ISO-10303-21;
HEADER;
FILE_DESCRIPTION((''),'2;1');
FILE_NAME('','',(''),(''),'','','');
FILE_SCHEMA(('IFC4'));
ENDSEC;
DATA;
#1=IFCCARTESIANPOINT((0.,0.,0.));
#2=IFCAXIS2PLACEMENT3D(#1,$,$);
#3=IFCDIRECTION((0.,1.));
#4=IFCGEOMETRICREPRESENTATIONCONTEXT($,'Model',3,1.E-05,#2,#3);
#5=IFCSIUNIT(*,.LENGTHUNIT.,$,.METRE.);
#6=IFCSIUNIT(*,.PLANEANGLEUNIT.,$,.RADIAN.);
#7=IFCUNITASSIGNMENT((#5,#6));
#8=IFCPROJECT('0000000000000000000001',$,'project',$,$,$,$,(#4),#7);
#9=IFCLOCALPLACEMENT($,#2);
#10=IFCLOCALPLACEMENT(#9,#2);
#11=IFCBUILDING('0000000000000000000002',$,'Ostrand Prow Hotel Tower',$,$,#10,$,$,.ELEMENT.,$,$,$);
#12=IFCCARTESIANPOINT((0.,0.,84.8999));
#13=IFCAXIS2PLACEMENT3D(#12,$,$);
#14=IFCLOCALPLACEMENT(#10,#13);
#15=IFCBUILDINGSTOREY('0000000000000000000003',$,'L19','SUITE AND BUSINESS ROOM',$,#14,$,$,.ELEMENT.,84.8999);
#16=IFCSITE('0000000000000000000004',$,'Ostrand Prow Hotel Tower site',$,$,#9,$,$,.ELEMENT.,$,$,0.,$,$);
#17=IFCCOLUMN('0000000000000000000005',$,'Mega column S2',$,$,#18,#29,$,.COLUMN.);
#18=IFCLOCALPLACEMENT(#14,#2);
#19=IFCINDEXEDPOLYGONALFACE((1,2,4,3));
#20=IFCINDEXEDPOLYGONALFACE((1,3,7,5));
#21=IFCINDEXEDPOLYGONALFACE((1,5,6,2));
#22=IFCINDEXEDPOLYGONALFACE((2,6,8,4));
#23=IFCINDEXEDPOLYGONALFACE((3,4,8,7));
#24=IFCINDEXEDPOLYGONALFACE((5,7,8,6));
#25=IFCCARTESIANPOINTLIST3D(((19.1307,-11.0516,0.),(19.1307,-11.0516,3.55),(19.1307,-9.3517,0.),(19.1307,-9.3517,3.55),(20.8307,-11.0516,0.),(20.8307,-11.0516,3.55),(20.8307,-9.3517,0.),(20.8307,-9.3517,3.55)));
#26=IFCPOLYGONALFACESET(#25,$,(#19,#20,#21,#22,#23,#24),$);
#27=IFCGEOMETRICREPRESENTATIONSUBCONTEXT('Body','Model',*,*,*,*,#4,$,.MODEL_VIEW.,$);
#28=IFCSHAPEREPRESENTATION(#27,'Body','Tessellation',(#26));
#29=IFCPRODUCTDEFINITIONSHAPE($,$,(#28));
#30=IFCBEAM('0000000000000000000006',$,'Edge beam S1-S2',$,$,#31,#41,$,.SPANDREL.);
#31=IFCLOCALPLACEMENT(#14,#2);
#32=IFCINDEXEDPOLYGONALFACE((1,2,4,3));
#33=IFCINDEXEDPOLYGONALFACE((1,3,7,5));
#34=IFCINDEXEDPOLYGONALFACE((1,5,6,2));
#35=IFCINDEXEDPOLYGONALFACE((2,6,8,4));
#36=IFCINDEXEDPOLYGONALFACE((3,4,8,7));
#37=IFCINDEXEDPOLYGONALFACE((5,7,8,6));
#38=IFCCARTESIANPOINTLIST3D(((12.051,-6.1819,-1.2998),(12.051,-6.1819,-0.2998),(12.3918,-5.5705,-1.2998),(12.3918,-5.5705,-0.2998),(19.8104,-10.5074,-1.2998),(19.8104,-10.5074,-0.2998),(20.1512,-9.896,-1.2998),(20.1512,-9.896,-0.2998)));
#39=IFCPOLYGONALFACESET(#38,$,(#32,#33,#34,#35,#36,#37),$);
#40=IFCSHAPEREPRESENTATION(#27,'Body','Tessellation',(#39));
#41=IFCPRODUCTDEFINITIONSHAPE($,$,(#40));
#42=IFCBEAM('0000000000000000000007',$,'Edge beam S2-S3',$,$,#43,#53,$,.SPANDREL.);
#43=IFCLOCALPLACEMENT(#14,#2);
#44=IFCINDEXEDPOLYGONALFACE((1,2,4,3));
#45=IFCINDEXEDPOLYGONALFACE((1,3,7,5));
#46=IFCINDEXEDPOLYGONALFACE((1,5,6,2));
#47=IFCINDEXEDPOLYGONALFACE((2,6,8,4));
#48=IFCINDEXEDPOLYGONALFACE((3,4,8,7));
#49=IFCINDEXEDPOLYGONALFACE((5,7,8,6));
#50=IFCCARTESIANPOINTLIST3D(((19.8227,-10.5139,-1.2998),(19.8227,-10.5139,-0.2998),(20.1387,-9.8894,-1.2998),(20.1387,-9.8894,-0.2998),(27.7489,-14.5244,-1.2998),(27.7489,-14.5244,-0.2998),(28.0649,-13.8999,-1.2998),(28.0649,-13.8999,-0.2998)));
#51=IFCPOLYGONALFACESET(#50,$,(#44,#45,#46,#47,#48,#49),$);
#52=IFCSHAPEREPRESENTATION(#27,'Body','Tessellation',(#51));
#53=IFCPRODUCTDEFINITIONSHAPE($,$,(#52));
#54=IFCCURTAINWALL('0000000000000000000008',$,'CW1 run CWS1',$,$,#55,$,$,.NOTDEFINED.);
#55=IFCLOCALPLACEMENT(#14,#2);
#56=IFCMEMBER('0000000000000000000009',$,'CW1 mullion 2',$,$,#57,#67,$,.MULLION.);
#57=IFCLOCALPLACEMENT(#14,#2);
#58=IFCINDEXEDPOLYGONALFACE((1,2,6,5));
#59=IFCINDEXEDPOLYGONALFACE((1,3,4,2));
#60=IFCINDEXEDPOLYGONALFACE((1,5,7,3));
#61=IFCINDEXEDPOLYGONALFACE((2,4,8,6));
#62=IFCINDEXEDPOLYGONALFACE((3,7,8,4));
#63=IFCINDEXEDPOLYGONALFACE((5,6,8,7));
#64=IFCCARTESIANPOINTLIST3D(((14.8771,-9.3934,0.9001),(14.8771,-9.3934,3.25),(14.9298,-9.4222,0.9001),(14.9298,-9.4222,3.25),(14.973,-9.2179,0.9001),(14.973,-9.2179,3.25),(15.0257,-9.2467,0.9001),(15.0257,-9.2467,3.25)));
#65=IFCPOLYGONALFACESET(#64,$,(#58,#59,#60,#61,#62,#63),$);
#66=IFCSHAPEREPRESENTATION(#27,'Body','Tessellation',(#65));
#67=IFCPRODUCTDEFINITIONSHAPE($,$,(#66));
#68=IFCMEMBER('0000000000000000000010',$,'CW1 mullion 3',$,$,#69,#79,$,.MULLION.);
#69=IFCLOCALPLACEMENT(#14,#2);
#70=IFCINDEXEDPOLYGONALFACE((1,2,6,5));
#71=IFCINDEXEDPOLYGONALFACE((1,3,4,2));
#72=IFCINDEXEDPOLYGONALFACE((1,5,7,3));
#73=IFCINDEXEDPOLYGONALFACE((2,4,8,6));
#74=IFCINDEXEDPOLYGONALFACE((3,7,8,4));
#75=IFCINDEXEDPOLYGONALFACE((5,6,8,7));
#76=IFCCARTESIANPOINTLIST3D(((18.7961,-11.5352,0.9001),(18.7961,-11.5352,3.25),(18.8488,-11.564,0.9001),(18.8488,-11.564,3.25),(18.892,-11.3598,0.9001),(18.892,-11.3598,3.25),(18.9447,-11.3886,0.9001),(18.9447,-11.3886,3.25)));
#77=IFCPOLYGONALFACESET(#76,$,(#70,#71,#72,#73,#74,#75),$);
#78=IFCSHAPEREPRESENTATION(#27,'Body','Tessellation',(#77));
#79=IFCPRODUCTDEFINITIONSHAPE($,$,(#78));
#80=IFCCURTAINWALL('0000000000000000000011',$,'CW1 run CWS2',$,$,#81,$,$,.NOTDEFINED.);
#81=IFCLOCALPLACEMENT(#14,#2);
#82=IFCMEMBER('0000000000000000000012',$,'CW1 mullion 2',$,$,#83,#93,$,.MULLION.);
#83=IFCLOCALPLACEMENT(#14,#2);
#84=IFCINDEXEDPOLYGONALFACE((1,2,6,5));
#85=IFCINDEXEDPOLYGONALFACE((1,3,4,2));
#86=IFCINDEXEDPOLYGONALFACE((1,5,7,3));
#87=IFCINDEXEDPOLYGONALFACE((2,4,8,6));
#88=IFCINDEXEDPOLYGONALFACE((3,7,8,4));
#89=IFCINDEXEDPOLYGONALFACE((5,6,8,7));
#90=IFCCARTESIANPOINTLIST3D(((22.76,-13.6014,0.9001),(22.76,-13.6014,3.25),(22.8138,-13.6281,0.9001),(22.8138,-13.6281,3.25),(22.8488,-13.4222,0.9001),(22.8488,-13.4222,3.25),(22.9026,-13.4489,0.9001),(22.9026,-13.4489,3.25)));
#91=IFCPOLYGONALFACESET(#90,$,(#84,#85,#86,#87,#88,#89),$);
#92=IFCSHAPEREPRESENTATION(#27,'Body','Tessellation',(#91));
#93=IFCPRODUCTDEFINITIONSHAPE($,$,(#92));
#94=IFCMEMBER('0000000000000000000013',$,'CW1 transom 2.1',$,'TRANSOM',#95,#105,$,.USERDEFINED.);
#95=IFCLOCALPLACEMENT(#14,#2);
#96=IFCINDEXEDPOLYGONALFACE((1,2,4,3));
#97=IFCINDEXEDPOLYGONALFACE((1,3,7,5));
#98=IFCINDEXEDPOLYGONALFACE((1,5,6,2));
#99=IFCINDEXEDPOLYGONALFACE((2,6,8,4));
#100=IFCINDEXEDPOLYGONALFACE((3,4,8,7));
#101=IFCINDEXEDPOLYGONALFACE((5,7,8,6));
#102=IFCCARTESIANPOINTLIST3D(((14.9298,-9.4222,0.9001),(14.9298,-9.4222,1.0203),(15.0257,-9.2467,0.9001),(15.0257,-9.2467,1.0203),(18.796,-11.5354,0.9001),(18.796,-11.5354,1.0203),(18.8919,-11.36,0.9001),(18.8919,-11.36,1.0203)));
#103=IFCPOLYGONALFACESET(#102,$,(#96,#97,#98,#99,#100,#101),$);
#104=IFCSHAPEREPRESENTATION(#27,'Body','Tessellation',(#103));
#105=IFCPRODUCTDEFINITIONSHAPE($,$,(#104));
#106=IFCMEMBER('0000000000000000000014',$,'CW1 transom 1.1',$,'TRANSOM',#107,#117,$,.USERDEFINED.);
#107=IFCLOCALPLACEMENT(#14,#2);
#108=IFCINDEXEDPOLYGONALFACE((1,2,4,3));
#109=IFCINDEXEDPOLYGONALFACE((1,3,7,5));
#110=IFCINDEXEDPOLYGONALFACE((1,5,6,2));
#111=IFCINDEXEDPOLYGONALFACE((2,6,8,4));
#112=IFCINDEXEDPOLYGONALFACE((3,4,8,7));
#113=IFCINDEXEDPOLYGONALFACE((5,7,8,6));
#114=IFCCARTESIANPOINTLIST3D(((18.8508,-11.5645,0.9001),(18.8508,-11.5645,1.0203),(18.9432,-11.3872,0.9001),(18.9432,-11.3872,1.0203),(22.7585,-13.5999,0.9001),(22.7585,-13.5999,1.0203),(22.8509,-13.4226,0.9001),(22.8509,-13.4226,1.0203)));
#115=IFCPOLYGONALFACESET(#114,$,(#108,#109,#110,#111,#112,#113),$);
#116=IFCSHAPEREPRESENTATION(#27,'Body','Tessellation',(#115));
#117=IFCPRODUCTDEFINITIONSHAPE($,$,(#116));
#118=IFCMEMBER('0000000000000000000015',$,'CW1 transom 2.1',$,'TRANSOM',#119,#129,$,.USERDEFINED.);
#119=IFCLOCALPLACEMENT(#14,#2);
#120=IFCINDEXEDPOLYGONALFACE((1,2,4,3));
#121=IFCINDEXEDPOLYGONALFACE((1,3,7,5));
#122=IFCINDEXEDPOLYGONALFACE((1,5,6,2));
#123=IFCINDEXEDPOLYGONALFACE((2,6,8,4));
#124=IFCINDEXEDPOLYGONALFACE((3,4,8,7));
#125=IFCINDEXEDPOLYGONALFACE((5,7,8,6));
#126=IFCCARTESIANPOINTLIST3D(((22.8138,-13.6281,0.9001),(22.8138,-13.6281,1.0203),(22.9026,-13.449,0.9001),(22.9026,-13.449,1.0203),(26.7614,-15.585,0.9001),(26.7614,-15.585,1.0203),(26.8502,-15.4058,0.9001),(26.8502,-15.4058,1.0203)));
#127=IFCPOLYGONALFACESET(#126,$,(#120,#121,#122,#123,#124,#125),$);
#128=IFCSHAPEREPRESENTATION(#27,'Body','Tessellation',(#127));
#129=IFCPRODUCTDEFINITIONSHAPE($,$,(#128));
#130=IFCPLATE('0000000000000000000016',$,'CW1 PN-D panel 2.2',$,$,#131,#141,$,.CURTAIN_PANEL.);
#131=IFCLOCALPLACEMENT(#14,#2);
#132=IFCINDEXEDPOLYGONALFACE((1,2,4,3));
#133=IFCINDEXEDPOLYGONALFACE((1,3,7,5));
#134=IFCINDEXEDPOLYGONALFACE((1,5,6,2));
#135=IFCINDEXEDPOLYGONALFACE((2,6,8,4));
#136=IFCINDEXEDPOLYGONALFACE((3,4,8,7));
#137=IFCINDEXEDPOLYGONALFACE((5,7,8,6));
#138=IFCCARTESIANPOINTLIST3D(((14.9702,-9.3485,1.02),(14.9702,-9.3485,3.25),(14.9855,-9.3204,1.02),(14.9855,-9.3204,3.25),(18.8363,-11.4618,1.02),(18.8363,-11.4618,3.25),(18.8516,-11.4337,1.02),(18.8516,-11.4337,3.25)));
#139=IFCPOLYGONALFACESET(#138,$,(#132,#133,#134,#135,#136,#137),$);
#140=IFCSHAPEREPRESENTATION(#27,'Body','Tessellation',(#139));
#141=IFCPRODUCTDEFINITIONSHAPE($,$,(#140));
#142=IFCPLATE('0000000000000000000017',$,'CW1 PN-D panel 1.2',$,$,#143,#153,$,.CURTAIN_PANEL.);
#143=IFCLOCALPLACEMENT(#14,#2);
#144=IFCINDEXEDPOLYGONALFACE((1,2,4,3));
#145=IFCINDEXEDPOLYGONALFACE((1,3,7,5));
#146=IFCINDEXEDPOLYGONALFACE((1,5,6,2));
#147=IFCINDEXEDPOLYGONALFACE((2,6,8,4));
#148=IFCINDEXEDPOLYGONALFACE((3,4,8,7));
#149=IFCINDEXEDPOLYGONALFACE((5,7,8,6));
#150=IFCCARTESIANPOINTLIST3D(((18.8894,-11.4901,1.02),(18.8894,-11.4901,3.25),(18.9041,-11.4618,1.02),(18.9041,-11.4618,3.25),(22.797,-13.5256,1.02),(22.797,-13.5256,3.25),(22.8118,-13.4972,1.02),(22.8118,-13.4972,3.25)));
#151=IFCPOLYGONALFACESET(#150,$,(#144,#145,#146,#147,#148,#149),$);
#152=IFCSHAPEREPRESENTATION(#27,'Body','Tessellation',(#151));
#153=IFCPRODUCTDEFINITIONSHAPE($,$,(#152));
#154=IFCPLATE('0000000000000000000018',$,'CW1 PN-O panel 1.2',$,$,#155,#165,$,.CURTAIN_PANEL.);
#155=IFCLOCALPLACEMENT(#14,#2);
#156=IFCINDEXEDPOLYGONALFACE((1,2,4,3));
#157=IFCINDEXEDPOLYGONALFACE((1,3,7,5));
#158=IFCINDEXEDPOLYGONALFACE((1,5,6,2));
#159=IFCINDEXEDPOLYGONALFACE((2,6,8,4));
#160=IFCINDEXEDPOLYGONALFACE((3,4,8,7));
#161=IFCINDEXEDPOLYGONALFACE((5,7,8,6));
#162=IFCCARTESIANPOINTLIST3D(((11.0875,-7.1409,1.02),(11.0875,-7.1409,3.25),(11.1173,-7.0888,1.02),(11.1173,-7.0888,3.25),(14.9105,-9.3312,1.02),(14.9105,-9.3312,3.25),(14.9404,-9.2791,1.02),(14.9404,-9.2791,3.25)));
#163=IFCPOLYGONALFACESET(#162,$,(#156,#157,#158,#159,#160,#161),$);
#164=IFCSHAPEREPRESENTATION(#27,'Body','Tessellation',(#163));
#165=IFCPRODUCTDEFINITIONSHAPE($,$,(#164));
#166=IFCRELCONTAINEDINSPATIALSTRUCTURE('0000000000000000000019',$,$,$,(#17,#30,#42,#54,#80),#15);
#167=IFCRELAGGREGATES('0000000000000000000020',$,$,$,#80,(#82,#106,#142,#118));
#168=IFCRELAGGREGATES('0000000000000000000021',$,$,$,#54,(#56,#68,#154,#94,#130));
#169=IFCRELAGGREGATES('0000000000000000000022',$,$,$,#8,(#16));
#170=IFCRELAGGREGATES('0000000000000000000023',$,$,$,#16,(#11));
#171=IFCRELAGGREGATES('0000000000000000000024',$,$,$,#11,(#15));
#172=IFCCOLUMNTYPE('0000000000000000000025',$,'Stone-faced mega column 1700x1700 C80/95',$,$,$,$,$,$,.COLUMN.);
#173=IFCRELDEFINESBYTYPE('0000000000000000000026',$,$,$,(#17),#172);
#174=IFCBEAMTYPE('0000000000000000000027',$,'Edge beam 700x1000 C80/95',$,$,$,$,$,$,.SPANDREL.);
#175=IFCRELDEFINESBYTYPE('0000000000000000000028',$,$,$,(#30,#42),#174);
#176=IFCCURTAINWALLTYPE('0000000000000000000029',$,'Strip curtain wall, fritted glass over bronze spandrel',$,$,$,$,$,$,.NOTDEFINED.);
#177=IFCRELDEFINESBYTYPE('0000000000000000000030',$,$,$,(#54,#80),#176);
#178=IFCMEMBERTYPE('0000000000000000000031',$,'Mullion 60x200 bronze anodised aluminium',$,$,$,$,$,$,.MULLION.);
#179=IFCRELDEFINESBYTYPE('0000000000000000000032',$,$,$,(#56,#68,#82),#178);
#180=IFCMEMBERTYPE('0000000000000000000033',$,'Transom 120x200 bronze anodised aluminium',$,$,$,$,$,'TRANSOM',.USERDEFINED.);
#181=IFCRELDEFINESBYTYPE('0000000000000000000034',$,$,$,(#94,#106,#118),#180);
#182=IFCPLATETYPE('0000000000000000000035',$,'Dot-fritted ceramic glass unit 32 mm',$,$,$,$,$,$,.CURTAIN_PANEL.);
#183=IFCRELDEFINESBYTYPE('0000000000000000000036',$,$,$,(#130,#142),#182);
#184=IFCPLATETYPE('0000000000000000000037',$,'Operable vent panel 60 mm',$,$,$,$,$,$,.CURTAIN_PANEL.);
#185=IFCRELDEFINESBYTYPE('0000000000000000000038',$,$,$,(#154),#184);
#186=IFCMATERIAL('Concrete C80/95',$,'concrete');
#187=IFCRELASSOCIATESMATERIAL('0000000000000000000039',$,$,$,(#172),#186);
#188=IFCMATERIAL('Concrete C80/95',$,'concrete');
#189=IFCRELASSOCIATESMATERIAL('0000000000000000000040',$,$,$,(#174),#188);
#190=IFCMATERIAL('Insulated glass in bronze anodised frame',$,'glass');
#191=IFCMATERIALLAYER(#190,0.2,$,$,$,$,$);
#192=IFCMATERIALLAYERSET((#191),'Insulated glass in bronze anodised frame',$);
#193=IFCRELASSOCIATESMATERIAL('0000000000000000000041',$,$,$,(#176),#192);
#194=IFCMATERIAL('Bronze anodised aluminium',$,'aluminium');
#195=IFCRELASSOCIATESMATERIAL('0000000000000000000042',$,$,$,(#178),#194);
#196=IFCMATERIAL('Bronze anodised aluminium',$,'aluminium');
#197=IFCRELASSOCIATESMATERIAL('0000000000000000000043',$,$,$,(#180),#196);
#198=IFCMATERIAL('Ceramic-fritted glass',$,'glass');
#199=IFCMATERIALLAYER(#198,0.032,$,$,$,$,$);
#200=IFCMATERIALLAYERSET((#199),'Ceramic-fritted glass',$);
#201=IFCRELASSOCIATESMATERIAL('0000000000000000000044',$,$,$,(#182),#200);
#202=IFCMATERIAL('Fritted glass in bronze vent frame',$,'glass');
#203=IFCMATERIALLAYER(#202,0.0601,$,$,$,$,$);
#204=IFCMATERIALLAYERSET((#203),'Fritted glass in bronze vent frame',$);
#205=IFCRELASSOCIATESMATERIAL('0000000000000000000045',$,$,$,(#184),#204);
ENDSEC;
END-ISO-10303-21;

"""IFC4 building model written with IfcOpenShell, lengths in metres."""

from ifc_helpers import new_model, si_unit, direction, frame, origin, origin_2d, place, context, subcontext, project, spatial, rectangle, extrude, material, layer, layer_set, material_profile, profile_set, type_object, element, aggregate, save


model = new_model("IFC4")

# Units and contexts
model_context = context("Model", 3, precision=1e-05, world=origin(), true_north=direction((0.0, 1.0)))
body_context = subcontext(model_context, "Body", "Model", "MODEL_VIEW")
ifc_project = project(units=[si_unit("LENGTHUNIT", "METRE"), si_unit("PLANEANGLEUNIT", "RADIAN")], contexts=[model_context])

# Site, building, storey
site_placement = place(None, origin())
site = spatial("IfcSite", under=ifc_project, at=site_placement, Name="Ostrand Prow Hotel Tower site", CompositionType="ELEMENT", RefElevation=0.0)
building_placement = place(site_placement, origin())
building = spatial("IfcBuilding", under=site, at=building_placement, Name="Ostrand Prow Hotel Tower", CompositionType="ELEMENT")
storey_placement = place(building_placement, frame((0.0, 0.0, 84.8999)))
storey = spatial("IfcBuildingStorey", under=building, at=storey_placement, Name="L19", Description="SUITE AND BUSINESS ROOM", CompositionType="ELEMENT", Elevation=84.8999)

# Column
ifc_material_1 = material(Name="Concrete C80/95", Category="concrete")
ifc_material_profile_1 = material_profile(ifc_material_1, rectangle(XDim=1.7, YDim=1.7, at=origin_2d()), Name="RC 1700x1700")
ifc_profile_set_1 = profile_set([ifc_material_profile_1], Name="Concrete C80/95")
column_type = type_object("IfcColumnType", Name="Stone-faced mega column 1700x1700 C80/95", PredefinedType="COLUMN", material=ifc_profile_set_1)
column_placement = place(storey_placement, frame((19.9807, -10.2017, 0.0), z_axis=(0.0, 0.0, 1.0), x_axis=(1.0, 0.0, 0.0)))
element("IfcColumn", 1, at=column_placement, inside=storey, type_object=column_type, Name="Mega column S2", PredefinedType="COLUMN", context=body_context, shape_type="SweptSolid", body=[
    extrude(rectangle(XDim=1.7, YDim=1.7, at=origin_2d()), origin(), (0.0, 0.0, 1.0), 3.55),
])

# Beams
ifc_material_2 = material(Name="Concrete C80/95", Category="concrete")
ifc_material_profile_2 = material_profile(ifc_material_2, rectangle(XDim=0.7, YDim=1.0, at=origin_2d()), Name="RC 700x1000")
ifc_profile_set_2 = profile_set([ifc_material_profile_2], Name="Concrete C80/95")
beam_type = type_object("IfcBeamType", Name="Edge beam 700x1000 C80/95", PredefinedType="SPANDREL", material=ifc_profile_set_2)
beam_1_placement = place(storey_placement, frame((12.2214, -5.8762, -0.7998), z_axis=(0.873452, -0.486909, 0.0), x_axis=(0.486909, 0.873452, 0.0)))
element("IfcBeam", 2, at=beam_1_placement, inside=storey, type_object=beam_type, Name="Edge beam S1-S2", PredefinedType="SPANDREL", context=body_context, shape_type="SweptSolid", body=[
    extrude(rectangle(XDim=0.7, YDim=1.0, at=origin_2d()), origin(), (0.0, 0.0, 1.0), 8.8835),
])
beam_2_placement = place(storey_placement, frame((19.9807, -10.2017, -0.7998), z_axis=(0.892284, -0.451474, 0.0), x_axis=(0.451474, 0.892284, 0.0)))
element("IfcBeam", 3, at=beam_2_placement, inside=storey, type_object=beam_type, Name="Edge beam S2-S3", PredefinedType="SPANDREL", context=body_context, shape_type="SweptSolid", body=[
    extrude(rectangle(XDim=0.7, YDim=1.0, at=origin_2d()), origin(), (0.0, 0.0, 1.0), 8.8831),
])

# Curtain wall, members
ifc_material_3 = material(Name="Insulated glass in bronze anodised frame", Category="glass")
ifc_layer_1 = layer(ifc_material_3, 0.2)
ifc_layer_set_1 = layer_set([ifc_layer_1], Name="Insulated glass in bronze anodised frame")
curtain_wall_type = type_object("IfcCurtainWallType", Name="Strip curtain wall, fritted glass over bronze spandrel", PredefinedType="NOTDEFINED", material=ifc_layer_set_1)
curtain_wall_1_placement = place(storey_placement, origin())
curtain_wall_1 = element("IfcCurtainWall", 4, at=curtain_wall_1_placement, inside=storey, type_object=curtain_wall_type, Name="CW1 run CWS1", PredefinedType="NOTDEFINED")
ifc_material_4 = material(Name="Bronze anodised aluminium", Category="aluminium")
ifc_material_profile_3 = material_profile(ifc_material_4, rectangle(XDim=0.2, YDim=0.0601, at=origin_2d()), Name="Mullion 60x200 bronze anodised aluminium")
ifc_profile_set_3 = profile_set([ifc_material_profile_3], Name="Bronze anodised aluminium")
member_type_1 = type_object("IfcMemberType", Name="Mullion 60x200 bronze anodised aluminium", PredefinedType="MULLION", material=ifc_profile_set_3)
member_1_placement = place(storey_placement, frame((14.9514, -9.3201, 0.9001), z_axis=(0.0, 0.0, 1.0), x_axis=(0.479637, 0.877467, 0.0)))
member_1 = element("IfcMember", 5, at=member_1_placement, type_object=member_type_1, Name="CW1 mullion 2", PredefinedType="MULLION", context=body_context, shape_type="SweptSolid", body=[
    extrude(rectangle(XDim=0.2, YDim=0.0601, at=origin_2d()), origin(), (0.0, 0.0, 1.0), 2.3499),
])
member_2_placement = place(storey_placement, frame((18.8704, -11.4619, 0.9001), z_axis=(0.0, 0.0, 1.0), x_axis=(0.479637, 0.877467, 0.0)))
member_2 = element("IfcMember", 6, at=member_2_placement, type_object=member_type_1, Name="CW1 mullion 3", PredefinedType="MULLION", context=body_context, shape_type="SweptSolid", body=[
    extrude(rectangle(XDim=0.2, YDim=0.0601, at=origin_2d()), origin(), (0.0, 0.0, 1.0), 2.3499),
])

# Curtain wall, member
curtain_wall_2_placement = place(storey_placement, origin())
curtain_wall_2 = element("IfcCurtainWall", 7, at=curtain_wall_2_placement, inside=storey, type_object=curtain_wall_type, Name="CW1 run CWS2", PredefinedType="NOTDEFINED")
member_3_placement = place(storey_placement, frame((22.8313, -13.5251, 0.9001), z_axis=(0.0, 0.0, 1.0), x_axis=(0.444113, 0.895971, 0.0)))
member_3 = element("IfcMember", 8, at=member_3_placement, type_object=member_type_1, Name="CW1 mullion 2", PredefinedType="MULLION", context=body_context, shape_type="SweptSolid", body=[
    extrude(rectangle(XDim=0.2, YDim=0.0601, at=origin_2d()), origin(), (0.0, 0.0, 1.0), 2.3499),
])

# Members
ifc_material_5 = material(Name="Bronze anodised aluminium", Category="aluminium")
ifc_material_profile_4 = material_profile(ifc_material_5, rectangle(XDim=0.2, YDim=0.1201, at=origin_2d()), Name="Transom 120x200 bronze anodised aluminium")
ifc_profile_set_4 = profile_set([ifc_material_profile_4], Name="Bronze anodised aluminium")
member_type_2 = type_object("IfcMemberType", Name="Transom 120x200 bronze anodised aluminium", ElementType="TRANSOM", PredefinedType="USERDEFINED", material=ifc_profile_set_4)
member_4_placement = place(storey_placement, frame((14.9778, -9.3345, 0.9602), z_axis=(0.877472, -0.479628, 0.0), x_axis=(0.479628, 0.877472, 0.0)))
member_4 = element("IfcMember", 9, at=member_4_placement, type_object=member_type_2, Name="CW1 transom 2.1", ObjectType="TRANSOM", PredefinedType="USERDEFINED", context=body_context, shape_type="SweptSolid", body=[
    extrude(rectangle(XDim=0.2, YDim=0.1201, at=origin_2d()), origin(), (0.0, 0.0, 1.0), 4.406),
])
member_5_placement = place(storey_placement, frame((18.897, -11.4758, 0.9602), z_axis=(0.886902, -0.461958, 0.0), x_axis=(0.461958, 0.886902, 0.0)))
member_5 = element("IfcMember", 10, at=member_5_placement, type_object=member_type_2, Name="CW1 transom 1.1", ObjectType="TRANSOM", PredefinedType="USERDEFINED", context=body_context, shape_type="SweptSolid", body=[
    extrude(rectangle(XDim=0.2, YDim=0.1201, at=origin_2d()), origin(), (0.0, 0.0, 1.0), 4.406),
])
member_6_placement = place(storey_placement, frame((22.8582, -13.5386, 0.9602), z_axis=(0.895962, -0.44413, 0.0), x_axis=(0.44413, 0.895962, 0.0)))
member_6 = element("IfcMember", 11, at=member_6_placement, type_object=member_type_2, Name="CW1 transom 2.1", ObjectType="TRANSOM", PredefinedType="USERDEFINED", context=body_context, shape_type="SweptSolid", body=[
    extrude(rectangle(XDim=0.2, YDim=0.1201, at=origin_2d()), origin(), (0.0, 0.0, 1.0), 4.406),
])

# Plates
ifc_material_6 = material(Name="Ceramic-fritted glass", Category="glass")
ifc_layer_2 = layer(ifc_material_6, 0.032)
ifc_layer_set_2 = layer_set([ifc_layer_2], Name="Ceramic-fritted glass")
plate_type_1 = type_object("IfcPlateType", Name="Dot-fritted ceramic glass unit 32 mm", PredefinedType="CURTAIN_PANEL", material=ifc_layer_set_2)
plate_1_placement = place(storey_placement, frame((16.9109, -10.3911, 1.02), z_axis=(0.0, 0.0, 1.0), x_axis=(0.877467, -0.479637, 0.0)))
plate_1 = element("IfcPlate", 12, at=plate_1_placement, type_object=plate_type_1, Name="CW1 PN-D panel 2.2", PredefinedType="CURTAIN_PANEL", context=body_context, shape_type="SweptSolid", body=[
    extrude(rectangle(XDim=4.406, YDim=0.032, at=origin_2d()), origin(), (0.0, 0.0, 1.0), 2.23),
])
plate_2_placement = place(storey_placement, frame((20.8506, -12.4937, 1.02), z_axis=(0.0, 0.0, 1.0), x_axis=(0.886896, -0.461968, 0.0)))
plate_2 = element("IfcPlate", 13, at=plate_2_placement, type_object=plate_type_1, Name="CW1 PN-D panel 1.2", PredefinedType="CURTAIN_PANEL", context=body_context, shape_type="SweptSolid", body=[
    extrude(rectangle(XDim=4.406, YDim=0.032, at=origin_2d()), origin(), (0.0, 0.0, 1.0), 2.23),
])
aggregate(curtain_wall_2, [member_3, member_5, plate_2, member_6])
ifc_material_7 = material(Name="Fritted glass in bronze vent frame", Category="glass")
ifc_layer_3 = layer(ifc_material_7, 0.0601)
ifc_layer_set_3 = layer_set([ifc_layer_3], Name="Fritted glass in bronze vent frame")
plate_type_2 = type_object("IfcPlateType", Name="Operable vent panel 60 mm", PredefinedType="CURTAIN_PANEL", material=ifc_layer_set_3)
plate_3_placement = place(storey_placement, frame((13.0139, -8.21, 1.02), z_axis=(0.0, 0.0, 1.0), x_axis=(0.867685, -0.497115, 0.0)))
plate_3 = element("IfcPlate", 14, at=plate_3_placement, type_object=plate_type_2, Name="CW1 PN-O panel 1.2", PredefinedType="CURTAIN_PANEL", context=body_context, shape_type="SweptSolid", body=[
    extrude(rectangle(XDim=4.406, YDim=0.0601, at=origin_2d()), origin(), (0.0, 0.0, 1.0), 2.23),
])
aggregate(curtain_wall_1, [member_1, member_2, plate_3, member_4, plate_1])

save(model, "model.ifc")
